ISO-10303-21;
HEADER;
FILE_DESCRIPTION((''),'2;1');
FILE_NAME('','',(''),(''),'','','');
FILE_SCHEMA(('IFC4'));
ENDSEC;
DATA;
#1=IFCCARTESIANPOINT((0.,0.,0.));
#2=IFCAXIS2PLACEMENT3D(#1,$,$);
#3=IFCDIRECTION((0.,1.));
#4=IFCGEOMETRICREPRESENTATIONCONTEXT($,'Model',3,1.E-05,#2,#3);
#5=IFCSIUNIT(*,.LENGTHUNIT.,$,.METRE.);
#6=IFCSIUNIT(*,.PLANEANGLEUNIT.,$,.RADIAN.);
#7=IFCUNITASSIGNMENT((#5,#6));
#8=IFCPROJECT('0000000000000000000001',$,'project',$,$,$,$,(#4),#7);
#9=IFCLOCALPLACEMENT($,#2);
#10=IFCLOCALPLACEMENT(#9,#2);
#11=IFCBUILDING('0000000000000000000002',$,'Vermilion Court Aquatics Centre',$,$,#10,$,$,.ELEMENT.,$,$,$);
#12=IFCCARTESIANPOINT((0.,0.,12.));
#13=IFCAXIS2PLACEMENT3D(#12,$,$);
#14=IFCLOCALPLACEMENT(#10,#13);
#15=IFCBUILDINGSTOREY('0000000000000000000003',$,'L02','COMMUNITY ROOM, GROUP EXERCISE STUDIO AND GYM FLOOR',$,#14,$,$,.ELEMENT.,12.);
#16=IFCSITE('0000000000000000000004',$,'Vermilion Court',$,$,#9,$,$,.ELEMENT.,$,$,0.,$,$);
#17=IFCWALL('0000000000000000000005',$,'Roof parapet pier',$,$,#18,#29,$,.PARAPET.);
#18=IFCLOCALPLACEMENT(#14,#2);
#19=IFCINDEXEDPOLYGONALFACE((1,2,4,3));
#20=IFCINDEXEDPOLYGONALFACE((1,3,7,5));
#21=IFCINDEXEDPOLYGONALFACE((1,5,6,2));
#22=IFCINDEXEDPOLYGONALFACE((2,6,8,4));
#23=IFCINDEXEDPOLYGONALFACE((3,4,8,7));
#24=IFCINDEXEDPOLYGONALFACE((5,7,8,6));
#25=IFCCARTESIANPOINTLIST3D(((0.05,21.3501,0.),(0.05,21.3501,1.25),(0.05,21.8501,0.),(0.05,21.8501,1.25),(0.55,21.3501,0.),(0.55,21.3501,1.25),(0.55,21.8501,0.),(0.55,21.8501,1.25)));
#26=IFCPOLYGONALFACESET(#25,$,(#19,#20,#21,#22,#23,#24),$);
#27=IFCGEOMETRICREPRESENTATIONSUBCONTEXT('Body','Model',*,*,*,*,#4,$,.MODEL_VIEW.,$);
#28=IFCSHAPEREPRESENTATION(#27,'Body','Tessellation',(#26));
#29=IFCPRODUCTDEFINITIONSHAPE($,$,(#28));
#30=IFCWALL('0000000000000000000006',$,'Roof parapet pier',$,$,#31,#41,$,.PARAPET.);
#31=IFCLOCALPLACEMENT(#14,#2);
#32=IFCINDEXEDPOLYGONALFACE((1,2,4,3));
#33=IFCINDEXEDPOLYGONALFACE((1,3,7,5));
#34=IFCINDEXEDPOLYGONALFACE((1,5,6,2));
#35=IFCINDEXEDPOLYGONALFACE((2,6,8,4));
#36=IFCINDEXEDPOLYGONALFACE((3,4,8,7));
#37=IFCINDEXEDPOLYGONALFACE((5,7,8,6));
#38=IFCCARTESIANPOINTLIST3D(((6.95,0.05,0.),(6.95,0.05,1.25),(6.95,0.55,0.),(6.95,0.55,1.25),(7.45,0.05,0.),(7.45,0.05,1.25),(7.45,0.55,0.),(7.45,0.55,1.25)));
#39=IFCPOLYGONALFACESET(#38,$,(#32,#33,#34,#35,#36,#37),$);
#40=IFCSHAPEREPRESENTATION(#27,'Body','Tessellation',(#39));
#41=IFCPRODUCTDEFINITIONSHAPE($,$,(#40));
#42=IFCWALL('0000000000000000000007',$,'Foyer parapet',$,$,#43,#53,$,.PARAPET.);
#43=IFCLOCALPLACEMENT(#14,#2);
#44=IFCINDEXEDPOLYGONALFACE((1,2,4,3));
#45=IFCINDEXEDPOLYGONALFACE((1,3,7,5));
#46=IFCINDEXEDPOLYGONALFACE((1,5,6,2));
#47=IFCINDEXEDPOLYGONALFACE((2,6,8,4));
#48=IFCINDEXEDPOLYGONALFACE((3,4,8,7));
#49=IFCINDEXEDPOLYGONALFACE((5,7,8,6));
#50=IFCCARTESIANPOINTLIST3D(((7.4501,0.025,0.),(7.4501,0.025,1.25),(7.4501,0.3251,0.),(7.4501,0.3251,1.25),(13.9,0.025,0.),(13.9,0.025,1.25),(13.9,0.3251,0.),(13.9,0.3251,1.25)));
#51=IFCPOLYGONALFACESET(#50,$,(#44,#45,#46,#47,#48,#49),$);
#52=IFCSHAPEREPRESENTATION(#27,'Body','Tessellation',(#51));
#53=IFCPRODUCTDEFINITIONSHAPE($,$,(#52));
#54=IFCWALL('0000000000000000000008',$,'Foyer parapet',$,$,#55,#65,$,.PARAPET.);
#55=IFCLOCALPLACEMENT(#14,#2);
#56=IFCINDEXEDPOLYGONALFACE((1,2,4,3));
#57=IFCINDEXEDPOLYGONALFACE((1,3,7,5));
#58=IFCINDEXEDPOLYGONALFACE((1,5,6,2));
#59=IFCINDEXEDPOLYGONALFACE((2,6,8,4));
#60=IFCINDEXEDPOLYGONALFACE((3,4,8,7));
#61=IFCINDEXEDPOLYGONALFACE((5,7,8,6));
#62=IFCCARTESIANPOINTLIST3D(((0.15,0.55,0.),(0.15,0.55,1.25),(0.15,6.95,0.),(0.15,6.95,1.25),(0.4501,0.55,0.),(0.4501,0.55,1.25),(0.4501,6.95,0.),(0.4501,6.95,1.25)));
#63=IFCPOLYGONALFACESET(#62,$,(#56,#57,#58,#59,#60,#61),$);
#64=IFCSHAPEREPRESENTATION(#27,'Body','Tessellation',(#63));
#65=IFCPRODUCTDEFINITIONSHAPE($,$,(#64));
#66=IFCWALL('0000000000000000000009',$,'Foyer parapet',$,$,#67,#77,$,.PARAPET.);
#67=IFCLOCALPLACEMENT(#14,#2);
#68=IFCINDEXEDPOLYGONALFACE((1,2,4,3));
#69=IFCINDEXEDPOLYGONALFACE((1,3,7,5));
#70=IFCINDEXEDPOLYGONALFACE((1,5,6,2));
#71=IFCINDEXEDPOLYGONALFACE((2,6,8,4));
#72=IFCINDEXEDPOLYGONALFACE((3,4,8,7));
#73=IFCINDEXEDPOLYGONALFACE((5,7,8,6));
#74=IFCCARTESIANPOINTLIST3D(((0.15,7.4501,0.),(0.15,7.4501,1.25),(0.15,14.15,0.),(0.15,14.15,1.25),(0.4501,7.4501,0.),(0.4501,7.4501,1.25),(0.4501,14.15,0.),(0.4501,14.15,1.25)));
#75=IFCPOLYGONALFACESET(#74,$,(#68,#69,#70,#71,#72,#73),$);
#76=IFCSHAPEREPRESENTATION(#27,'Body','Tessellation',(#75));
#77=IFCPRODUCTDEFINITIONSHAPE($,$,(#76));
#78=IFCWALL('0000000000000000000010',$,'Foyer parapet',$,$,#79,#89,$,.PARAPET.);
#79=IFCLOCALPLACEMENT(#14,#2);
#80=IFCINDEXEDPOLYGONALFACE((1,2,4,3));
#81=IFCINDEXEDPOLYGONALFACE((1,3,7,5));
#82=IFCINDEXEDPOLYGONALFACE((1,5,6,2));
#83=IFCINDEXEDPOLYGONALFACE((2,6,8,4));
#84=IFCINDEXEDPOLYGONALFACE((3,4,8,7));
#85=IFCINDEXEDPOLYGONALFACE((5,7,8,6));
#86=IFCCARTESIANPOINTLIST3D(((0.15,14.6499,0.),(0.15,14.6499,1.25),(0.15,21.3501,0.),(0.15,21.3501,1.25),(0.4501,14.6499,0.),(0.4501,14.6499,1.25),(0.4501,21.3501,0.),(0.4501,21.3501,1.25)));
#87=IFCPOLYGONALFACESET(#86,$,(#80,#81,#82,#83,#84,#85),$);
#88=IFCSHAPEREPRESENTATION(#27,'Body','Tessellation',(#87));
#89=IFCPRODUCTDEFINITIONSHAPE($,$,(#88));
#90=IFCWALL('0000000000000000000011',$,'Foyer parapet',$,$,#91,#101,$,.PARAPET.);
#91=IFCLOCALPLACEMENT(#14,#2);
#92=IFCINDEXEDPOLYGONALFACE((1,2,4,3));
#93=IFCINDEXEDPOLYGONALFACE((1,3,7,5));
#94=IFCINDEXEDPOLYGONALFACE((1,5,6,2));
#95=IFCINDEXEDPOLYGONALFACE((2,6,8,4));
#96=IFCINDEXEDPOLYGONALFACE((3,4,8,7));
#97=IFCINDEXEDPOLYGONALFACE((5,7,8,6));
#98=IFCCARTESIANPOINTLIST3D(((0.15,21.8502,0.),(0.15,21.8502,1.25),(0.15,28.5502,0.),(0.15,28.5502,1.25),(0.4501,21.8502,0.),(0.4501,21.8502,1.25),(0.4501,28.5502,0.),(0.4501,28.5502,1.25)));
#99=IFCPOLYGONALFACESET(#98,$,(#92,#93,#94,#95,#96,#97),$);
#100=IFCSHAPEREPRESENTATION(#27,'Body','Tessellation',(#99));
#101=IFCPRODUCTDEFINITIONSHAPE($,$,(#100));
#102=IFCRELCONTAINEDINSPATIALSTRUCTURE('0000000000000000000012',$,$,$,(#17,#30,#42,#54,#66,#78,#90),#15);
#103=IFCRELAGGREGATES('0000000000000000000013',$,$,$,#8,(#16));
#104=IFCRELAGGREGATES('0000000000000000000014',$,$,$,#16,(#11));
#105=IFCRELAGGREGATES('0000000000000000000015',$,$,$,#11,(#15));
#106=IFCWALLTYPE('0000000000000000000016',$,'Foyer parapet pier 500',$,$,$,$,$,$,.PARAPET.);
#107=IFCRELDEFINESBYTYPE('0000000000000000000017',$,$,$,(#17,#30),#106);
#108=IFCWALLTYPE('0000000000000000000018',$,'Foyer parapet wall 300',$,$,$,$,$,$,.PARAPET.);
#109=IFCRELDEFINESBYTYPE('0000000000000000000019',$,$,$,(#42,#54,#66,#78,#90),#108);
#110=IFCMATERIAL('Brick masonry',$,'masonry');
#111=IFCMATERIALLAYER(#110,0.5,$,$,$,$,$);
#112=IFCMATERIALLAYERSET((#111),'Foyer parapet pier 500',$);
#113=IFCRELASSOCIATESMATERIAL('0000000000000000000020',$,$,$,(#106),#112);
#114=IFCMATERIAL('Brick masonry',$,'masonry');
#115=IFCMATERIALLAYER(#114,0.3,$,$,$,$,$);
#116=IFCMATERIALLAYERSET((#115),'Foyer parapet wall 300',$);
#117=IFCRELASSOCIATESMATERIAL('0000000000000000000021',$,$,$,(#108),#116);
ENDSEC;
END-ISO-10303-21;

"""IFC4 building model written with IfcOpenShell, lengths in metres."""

from ifc_helpers import new_model, si_unit, direction, frame, frame_2d, origin, place, context, subcontext, project, spatial, rectangle, extrude, material, layer, layer_set, type_object, element, save


model = new_model("IFC4")

# Units and contexts
model_context = context("Model", 3, precision=1e-05, world=origin(), true_north=direction((0.0, 1.0)))
body_context = subcontext(model_context, "Body", "Model", "MODEL_VIEW")
ifc_project = project(units=[si_unit("LENGTHUNIT", "METRE"), si_unit("PLANEANGLEUNIT", "RADIAN")], contexts=[model_context])

# Site, building, storey
site_placement = place(None, origin())
site = spatial("IfcSite", under=ifc_project, at=site_placement, Name="Vermilion Court", CompositionType="ELEMENT", RefElevation=0.0)
building_placement = place(site_placement, origin())
building = spatial("IfcBuilding", under=site, at=building_placement, Name="Vermilion Court Aquatics Centre", CompositionType="ELEMENT")
storey_placement = place(building_placement, frame((0.0, 0.0, 12.0)))
storey = spatial("IfcBuildingStorey", under=building, at=storey_placement, Name="L02", Description="COMMUNITY ROOM, GROUP EXERCISE STUDIO AND GYM FLOOR", CompositionType="ELEMENT", Elevation=12.0)

# Walls
ifc_material_1 = material(Name="Brick masonry", Category="masonry")
ifc_layer_1 = layer(ifc_material_1, 0.5)
ifc_layer_set_1 = layer_set([ifc_layer_1], Name="Foyer parapet pier 500")
wall_type_1 = type_object("IfcWallType", Name="Foyer parapet pier 500", PredefinedType="PARAPET", material=ifc_layer_set_1)
for number, where, z_axis, x_axis, name in (
    (1, (0.05, 21.6001, 0.0), (0.0, 0.0, 1.0), (1.0, 0.0, 0.0), "Roof parapet pier"),
    (2, (6.95, 0.3, 0.0), (0.0, 0.0, 1.0), (1.0, 0.0, 0.0), "Roof parapet pier"),
):
    element("IfcWall", number, at=place(storey_placement, frame(where, z_axis=z_axis, x_axis=x_axis)), inside=storey, type_object=wall_type_1, Name=name, PredefinedType="PARAPET", context=body_context, shape_type="SweptSolid", body=[
        extrude(rectangle(XDim=0.5, YDim=0.5, at=frame_2d((0.25, 0.0))), origin(), (0.0, 0.0, 1.0), 1.25),
    ])
ifc_material_2 = material(Name="Brick masonry", Category="masonry")
ifc_layer_2 = layer(ifc_material_2, 0.3)
ifc_layer_set_2 = layer_set([ifc_layer_2], Name="Foyer parapet wall 300")
wall_type_2 = type_object("IfcWallType", Name="Foyer parapet wall 300", PredefinedType="PARAPET", material=ifc_layer_set_2)
wall_1_placement = place(storey_placement, frame((7.45, 0.175, 0.0), z_axis=(0.0, 0.0, 1.0), x_axis=(1.0, 0.0, 0.0)))
element("IfcWall", 3, at=wall_1_placement, inside=storey, type_object=wall_type_2, Name="Foyer parapet", PredefinedType="PARAPET", context=body_context, shape_type="SweptSolid", body=[
    extrude(rectangle(XDim=6.45, YDim=0.3, at=frame_2d((3.2251, 0.0))), origin(), (0.0, 0.0, 1.0), 1.25),
])
wall_2_placement = place(storey_placement, frame((0.3, 0.55, 0.0), z_axis=(0.0, 0.0, 1.0), x_axis=(0.0, 1.0, 0.0)))
element("IfcWall", 4, at=wall_2_placement, inside=storey, type_object=wall_type_2, Name="Foyer parapet", PredefinedType="PARAPET", context=body_context, shape_type="SweptSolid", body=[
    extrude(rectangle(XDim=6.3999, YDim=0.3, at=frame_2d((3.2, 0.0))), origin(), (0.0, 0.0, 1.0), 1.25),
])
wall_3_placement = place(storey_placement, frame((0.3, 7.45, 0.0), z_axis=(0.0, 0.0, 1.0), x_axis=(0.0, 1.0, 0.0)))
element("IfcWall", 5, at=wall_3_placement, inside=storey, type_object=wall_type_2, Name="Foyer parapet", PredefinedType="PARAPET", context=body_context, shape_type="SweptSolid", body=[
    extrude(rectangle(XDim=6.7, YDim=0.3, at=frame_2d((3.3501, 0.0))), origin(), (0.0, 0.0, 1.0), 1.25),
])
wall_4_placement = place(storey_placement, frame((0.3, 14.6499, 0.0), z_axis=(0.0, 0.0, 1.0), x_axis=(0.0, 1.0, 0.0)))
element("IfcWall", 6, at=wall_4_placement, inside=storey, type_object=wall_type_2, Name="Foyer parapet", PredefinedType="PARAPET", context=body_context, shape_type="SweptSolid", body=[
    extrude(rectangle(XDim=6.7002, YDim=0.3, at=frame_2d((3.3501, 0.0))), origin(), (0.0, 0.0, 1.0), 1.25),
])
wall_5_placement = place(storey_placement, frame((0.3, 21.8501, 0.0), z_axis=(0.0, 0.0, 1.0), x_axis=(0.0, 1.0, 0.0)))
element("IfcWall", 7, at=wall_5_placement, inside=storey, type_object=wall_type_2, Name="Foyer parapet", PredefinedType="PARAPET", context=body_context, shape_type="SweptSolid", body=[
    extrude(rectangle(XDim=6.7, YDim=0.3, at=frame_2d((3.3501, 0.0))), origin(), (0.0, 0.0, 1.0), 1.25),
])

save(model, "model.ifc")
